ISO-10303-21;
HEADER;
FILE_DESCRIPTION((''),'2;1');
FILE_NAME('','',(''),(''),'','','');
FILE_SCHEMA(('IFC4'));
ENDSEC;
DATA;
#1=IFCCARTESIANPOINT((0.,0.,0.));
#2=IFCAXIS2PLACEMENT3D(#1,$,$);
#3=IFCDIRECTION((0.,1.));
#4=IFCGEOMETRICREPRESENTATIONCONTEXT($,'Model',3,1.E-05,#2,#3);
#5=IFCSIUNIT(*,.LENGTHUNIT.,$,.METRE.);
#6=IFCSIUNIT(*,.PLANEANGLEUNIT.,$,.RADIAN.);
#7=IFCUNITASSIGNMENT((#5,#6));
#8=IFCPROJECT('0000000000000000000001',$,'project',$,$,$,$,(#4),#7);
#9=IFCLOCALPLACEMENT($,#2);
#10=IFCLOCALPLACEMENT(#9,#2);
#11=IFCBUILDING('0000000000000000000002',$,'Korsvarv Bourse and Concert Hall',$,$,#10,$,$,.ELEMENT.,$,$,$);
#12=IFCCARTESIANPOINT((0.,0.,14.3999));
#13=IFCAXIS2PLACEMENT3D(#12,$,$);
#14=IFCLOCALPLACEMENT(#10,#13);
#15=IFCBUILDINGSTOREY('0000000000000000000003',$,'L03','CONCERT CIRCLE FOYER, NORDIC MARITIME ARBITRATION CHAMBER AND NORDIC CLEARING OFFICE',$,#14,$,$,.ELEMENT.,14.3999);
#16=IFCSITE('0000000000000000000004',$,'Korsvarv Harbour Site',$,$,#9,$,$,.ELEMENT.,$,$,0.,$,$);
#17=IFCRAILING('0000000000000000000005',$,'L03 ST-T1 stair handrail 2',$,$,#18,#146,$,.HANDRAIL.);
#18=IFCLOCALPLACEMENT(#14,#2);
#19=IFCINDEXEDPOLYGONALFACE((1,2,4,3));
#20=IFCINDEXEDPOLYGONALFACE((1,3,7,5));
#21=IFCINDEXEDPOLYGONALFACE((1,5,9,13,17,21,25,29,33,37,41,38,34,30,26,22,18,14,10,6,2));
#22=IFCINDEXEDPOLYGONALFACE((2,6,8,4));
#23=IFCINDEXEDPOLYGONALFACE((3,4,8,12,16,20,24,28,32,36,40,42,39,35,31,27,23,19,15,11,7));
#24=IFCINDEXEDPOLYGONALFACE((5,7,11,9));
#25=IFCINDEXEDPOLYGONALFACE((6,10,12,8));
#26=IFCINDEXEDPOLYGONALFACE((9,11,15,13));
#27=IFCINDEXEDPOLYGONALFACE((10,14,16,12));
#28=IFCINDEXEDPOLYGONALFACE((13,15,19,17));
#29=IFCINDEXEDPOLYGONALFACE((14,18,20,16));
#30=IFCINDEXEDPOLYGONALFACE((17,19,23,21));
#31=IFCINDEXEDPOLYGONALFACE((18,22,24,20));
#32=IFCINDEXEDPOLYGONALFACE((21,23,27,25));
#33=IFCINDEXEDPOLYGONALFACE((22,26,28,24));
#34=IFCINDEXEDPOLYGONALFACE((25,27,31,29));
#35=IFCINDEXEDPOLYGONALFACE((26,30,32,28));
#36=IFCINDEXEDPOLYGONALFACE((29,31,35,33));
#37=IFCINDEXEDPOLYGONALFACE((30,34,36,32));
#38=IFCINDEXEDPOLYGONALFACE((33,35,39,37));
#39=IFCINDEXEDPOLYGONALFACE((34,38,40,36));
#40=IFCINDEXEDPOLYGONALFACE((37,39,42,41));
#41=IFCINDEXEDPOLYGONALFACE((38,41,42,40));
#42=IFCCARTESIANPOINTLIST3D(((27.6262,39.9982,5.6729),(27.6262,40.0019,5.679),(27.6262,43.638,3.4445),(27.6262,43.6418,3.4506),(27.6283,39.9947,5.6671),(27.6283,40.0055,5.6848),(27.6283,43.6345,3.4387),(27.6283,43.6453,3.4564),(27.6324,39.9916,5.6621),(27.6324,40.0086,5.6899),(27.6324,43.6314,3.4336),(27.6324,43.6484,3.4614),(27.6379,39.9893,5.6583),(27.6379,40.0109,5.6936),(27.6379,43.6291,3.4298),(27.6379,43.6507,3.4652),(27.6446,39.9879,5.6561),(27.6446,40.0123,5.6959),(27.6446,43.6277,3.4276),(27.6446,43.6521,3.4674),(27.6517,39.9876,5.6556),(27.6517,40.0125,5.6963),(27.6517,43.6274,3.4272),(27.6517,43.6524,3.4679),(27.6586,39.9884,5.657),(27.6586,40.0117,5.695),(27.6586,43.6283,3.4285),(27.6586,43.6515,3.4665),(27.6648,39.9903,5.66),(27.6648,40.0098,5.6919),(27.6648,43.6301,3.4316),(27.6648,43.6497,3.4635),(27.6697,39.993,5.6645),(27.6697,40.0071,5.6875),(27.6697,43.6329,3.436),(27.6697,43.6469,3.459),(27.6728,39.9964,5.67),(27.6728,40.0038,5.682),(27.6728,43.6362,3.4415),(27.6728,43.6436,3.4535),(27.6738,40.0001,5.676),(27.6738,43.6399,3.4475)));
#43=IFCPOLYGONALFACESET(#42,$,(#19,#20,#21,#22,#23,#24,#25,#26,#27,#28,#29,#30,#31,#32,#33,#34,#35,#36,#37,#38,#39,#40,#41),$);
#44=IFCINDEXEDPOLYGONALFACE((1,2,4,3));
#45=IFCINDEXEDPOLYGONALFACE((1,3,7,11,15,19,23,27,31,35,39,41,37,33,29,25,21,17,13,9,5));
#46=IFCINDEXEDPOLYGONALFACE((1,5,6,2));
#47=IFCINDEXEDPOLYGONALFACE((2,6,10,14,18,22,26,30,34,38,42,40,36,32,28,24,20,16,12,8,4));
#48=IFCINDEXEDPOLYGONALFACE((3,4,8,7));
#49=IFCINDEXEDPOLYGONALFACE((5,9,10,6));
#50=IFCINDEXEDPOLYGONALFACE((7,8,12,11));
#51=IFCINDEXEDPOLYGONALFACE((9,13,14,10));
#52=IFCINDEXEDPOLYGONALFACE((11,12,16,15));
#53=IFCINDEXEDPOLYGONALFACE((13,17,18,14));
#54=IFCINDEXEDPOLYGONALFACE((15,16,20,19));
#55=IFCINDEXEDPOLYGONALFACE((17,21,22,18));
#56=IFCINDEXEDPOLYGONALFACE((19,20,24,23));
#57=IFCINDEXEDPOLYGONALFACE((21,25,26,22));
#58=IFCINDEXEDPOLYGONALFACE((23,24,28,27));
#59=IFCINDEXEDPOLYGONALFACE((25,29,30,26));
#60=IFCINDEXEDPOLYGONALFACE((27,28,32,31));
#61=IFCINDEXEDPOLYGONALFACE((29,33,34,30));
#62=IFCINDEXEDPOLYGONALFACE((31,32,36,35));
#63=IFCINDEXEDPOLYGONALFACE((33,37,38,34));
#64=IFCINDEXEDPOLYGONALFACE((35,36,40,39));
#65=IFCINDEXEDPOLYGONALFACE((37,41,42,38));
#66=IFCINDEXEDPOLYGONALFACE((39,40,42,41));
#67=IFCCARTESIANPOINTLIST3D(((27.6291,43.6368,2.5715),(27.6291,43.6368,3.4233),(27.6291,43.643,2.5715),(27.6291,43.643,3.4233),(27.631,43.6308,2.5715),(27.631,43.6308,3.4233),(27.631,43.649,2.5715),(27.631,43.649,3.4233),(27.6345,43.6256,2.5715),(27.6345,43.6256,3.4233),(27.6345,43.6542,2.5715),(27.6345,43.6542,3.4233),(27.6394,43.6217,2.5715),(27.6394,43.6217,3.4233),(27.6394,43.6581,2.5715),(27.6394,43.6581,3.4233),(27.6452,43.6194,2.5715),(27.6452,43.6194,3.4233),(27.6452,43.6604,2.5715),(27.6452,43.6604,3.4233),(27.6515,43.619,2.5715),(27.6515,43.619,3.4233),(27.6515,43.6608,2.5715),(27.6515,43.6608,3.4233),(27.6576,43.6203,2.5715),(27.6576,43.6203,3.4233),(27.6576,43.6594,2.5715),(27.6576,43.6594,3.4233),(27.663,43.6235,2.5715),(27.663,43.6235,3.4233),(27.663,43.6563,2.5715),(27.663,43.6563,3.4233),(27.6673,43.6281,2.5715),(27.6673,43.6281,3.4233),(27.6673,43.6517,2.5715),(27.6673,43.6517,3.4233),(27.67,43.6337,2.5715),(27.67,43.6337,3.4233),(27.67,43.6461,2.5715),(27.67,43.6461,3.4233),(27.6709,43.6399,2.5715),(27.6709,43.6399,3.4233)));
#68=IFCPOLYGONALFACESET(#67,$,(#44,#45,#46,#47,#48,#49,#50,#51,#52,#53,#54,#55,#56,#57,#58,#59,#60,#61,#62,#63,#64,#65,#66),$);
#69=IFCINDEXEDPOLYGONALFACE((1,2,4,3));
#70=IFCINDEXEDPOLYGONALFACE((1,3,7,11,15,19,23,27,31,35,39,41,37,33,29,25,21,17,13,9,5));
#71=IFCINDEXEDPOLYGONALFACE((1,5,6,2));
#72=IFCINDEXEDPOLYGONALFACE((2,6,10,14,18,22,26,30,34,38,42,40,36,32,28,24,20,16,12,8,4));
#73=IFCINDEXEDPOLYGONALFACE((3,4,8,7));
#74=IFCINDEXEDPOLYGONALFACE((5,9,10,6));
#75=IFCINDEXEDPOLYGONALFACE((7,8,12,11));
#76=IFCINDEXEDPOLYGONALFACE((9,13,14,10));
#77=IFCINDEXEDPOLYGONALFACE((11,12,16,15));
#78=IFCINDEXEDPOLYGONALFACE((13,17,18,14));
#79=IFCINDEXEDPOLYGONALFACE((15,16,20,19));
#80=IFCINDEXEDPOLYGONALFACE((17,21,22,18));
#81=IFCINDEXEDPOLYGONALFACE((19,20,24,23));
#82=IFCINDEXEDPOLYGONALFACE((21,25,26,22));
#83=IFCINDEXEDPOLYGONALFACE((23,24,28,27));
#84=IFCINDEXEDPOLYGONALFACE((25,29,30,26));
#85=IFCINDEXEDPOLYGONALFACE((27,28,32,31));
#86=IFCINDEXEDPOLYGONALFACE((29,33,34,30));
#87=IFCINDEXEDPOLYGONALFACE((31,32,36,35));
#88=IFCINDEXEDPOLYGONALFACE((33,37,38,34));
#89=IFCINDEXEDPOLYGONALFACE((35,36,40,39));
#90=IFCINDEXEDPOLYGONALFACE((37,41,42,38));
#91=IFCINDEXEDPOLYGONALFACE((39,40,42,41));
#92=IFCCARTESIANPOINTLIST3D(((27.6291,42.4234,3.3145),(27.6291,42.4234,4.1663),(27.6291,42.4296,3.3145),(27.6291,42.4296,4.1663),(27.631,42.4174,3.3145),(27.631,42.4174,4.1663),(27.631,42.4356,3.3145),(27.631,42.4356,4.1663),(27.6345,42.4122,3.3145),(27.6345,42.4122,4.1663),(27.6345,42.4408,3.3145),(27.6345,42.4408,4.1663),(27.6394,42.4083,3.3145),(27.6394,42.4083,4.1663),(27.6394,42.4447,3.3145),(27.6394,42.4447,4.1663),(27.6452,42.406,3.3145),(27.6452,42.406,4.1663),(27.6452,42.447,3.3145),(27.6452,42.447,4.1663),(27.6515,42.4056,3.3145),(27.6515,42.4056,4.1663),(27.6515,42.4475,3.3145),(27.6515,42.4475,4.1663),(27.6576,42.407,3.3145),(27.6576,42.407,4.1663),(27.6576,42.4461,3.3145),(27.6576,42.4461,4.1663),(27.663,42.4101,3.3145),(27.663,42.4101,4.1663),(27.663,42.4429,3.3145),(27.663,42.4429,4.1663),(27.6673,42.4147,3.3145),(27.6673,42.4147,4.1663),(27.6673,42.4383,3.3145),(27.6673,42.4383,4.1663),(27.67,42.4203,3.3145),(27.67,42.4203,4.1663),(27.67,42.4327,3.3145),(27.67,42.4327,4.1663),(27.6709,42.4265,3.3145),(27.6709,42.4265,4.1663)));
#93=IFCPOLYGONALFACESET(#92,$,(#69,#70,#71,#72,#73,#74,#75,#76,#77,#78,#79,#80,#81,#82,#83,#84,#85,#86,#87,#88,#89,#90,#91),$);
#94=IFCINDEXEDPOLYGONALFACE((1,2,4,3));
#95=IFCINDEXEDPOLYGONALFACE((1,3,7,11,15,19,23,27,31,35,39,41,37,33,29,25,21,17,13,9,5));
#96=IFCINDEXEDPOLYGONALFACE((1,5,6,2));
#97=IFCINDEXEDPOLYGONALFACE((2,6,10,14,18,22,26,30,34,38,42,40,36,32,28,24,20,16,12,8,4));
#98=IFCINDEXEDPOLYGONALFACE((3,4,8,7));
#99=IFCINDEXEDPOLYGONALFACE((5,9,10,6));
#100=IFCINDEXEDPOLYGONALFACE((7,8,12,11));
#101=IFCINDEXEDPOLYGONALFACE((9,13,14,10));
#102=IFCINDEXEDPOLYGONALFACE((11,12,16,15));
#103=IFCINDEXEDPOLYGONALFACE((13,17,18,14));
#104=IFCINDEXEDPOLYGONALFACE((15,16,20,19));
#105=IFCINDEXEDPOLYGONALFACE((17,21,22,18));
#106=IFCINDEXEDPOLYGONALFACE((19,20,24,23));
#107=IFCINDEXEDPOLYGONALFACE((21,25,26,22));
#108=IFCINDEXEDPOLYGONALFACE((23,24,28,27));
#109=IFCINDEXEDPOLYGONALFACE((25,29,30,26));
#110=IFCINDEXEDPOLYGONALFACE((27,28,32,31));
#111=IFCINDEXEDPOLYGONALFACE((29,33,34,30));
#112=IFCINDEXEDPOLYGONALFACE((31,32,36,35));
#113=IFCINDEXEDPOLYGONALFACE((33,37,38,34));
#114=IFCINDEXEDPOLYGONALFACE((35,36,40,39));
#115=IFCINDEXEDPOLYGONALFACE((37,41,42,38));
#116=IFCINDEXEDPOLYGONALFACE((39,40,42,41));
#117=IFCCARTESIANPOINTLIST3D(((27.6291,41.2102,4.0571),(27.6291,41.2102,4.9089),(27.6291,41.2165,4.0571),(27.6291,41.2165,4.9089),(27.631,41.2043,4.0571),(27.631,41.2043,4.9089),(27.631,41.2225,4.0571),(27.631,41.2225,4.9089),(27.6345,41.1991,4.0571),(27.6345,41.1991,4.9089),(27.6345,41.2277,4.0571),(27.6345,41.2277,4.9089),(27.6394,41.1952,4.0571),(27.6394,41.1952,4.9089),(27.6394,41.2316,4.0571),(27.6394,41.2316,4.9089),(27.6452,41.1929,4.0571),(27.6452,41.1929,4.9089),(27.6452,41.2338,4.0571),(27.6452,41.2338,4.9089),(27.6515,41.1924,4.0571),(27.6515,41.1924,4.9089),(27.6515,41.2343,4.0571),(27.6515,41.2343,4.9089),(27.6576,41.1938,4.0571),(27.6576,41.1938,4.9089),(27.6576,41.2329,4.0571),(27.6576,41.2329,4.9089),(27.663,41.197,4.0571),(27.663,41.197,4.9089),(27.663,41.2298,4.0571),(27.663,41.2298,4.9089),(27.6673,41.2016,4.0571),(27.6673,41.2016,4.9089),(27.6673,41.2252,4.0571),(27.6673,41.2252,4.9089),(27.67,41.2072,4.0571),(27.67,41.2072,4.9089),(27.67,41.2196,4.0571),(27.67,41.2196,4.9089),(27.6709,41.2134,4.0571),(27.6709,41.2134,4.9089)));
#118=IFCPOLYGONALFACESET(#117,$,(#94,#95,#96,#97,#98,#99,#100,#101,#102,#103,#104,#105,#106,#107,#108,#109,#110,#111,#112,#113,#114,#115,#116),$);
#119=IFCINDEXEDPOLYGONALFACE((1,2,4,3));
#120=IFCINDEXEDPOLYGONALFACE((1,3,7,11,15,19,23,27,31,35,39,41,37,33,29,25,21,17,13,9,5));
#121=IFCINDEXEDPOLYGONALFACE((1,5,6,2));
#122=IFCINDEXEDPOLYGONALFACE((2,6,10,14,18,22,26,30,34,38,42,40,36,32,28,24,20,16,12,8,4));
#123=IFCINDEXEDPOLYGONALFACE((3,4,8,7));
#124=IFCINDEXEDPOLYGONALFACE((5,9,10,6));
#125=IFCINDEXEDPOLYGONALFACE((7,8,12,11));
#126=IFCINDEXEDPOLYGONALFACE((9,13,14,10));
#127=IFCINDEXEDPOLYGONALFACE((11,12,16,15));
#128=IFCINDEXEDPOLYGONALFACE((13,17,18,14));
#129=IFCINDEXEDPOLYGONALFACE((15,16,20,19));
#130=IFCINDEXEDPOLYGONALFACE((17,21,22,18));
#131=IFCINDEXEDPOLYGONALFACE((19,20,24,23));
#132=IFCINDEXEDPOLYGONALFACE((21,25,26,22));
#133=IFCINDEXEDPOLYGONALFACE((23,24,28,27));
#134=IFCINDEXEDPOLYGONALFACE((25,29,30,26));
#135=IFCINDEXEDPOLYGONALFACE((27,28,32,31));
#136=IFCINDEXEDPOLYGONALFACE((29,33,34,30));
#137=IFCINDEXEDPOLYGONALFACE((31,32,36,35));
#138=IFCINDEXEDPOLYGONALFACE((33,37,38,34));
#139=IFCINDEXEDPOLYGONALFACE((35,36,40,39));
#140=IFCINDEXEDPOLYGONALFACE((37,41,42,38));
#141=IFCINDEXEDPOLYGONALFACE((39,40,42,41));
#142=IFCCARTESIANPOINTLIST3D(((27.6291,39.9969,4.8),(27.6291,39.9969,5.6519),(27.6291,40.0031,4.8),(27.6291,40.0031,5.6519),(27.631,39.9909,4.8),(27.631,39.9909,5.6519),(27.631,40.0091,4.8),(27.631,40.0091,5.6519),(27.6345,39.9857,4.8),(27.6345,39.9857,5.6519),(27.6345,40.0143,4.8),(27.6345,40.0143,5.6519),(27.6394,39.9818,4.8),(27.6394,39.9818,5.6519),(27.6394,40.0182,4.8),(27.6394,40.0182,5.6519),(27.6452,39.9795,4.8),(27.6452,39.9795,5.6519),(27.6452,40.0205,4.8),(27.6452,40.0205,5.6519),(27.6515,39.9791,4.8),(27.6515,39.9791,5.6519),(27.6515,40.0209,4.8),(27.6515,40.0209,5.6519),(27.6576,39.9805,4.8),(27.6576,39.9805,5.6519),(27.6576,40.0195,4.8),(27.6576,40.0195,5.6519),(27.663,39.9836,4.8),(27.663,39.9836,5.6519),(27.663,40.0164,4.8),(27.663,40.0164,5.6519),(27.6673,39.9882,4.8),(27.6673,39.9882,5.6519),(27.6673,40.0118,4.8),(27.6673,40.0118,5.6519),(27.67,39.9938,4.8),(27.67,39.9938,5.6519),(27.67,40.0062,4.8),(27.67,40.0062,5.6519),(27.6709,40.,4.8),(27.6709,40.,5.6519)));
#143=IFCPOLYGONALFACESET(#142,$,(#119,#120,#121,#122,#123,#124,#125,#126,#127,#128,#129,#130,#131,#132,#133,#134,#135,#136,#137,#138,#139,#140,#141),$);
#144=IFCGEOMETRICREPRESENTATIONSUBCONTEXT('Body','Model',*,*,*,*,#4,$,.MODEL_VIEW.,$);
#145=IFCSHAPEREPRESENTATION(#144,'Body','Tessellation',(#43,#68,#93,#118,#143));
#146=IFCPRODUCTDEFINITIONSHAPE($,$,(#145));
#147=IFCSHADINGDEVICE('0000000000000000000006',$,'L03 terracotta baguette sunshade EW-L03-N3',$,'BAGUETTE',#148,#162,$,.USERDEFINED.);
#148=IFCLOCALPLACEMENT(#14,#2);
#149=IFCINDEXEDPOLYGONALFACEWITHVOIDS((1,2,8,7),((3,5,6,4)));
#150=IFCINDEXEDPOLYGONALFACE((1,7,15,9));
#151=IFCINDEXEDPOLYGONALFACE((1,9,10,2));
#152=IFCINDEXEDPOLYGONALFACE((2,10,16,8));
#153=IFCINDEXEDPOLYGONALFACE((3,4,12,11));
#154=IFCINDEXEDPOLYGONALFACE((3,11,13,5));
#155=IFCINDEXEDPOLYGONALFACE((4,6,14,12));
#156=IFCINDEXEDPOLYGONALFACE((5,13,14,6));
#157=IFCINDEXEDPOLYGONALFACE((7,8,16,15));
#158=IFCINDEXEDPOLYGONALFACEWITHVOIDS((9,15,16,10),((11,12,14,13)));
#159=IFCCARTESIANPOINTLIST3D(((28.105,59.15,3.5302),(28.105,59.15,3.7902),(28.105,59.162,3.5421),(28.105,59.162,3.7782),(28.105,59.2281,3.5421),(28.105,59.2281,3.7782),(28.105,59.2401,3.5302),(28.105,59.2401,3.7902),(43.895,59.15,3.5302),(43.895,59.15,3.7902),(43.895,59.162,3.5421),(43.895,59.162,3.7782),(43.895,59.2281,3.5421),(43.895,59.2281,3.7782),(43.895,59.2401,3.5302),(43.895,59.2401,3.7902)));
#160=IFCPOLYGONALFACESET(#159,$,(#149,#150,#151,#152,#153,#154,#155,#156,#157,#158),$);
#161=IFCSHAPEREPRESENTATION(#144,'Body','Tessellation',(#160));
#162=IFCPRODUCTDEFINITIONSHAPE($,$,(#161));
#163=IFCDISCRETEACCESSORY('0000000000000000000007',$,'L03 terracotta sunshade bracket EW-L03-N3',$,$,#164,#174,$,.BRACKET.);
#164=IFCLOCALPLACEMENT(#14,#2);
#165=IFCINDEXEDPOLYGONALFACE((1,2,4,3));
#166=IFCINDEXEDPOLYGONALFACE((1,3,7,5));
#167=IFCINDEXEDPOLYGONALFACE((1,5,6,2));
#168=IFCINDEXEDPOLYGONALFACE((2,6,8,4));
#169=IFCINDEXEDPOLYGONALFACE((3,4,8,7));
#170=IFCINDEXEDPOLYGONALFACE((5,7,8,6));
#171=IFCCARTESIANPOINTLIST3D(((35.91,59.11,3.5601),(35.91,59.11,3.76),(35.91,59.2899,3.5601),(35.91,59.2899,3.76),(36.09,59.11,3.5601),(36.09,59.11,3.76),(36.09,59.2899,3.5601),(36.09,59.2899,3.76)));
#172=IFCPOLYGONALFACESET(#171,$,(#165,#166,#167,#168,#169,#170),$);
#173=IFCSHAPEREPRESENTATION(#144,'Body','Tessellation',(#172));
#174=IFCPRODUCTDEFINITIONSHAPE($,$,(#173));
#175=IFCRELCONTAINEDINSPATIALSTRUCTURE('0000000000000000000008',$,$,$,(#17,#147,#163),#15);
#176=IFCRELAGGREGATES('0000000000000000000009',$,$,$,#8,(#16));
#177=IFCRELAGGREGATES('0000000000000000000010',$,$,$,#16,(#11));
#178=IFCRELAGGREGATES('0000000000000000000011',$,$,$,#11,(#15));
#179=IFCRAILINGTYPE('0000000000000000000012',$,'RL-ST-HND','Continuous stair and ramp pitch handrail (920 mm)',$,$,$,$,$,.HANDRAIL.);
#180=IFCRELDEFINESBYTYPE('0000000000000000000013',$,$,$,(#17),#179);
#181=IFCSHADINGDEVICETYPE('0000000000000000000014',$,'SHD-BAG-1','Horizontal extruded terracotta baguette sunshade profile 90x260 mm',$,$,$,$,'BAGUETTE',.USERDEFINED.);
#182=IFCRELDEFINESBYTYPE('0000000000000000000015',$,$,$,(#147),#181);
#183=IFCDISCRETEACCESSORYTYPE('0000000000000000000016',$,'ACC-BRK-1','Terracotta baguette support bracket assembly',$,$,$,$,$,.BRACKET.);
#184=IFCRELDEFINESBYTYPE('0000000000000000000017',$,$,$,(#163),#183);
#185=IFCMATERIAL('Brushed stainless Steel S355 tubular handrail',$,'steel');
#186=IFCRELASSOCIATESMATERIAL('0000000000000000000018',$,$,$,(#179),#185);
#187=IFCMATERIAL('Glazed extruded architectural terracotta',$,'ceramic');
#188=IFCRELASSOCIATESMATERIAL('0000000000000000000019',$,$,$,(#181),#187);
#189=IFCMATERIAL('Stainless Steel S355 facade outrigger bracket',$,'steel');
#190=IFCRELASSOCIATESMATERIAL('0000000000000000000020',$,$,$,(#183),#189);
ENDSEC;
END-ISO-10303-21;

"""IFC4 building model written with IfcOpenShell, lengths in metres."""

from ifc_helpers import new_model, si_unit, direction, frame, origin, origin_2d, place, context, subcontext, project, spatial, rectangle, hollow_rectangle, circle, extrude, source, transform, mapped, material, material_profile, profile_set, type_object, element, save


model = new_model("IFC4")

# Units and contexts
model_context = context("Model", 3, precision=1e-05, world=origin(), true_north=direction((0.0, 1.0)))
body_context = subcontext(model_context, "Body", "Model", "MODEL_VIEW")
ifc_project = project(units=[si_unit("LENGTHUNIT", "METRE"), si_unit("PLANEANGLEUNIT", "RADIAN")], contexts=[model_context])

# Site, building, storey
site_placement = place(None, origin())
site = spatial("IfcSite", under=ifc_project, at=site_placement, Name="Korsvarv Harbour Site", CompositionType="ELEMENT", RefElevation=0.0)
building_placement = place(site_placement, origin())
building = spatial("IfcBuilding", under=site, at=building_placement, Name="Korsvarv Bourse and Concert Hall", CompositionType="ELEMENT")
storey_placement = place(building_placement, frame((0.0, 0.0, 14.3999)))
storey = spatial("IfcBuildingStorey", under=building, at=storey_placement, Name="L03", Description="CONCERT CIRCLE FOYER, NORDIC MARITIME ARBITRATION CHAMBER AND NORDIC CLEARING OFFICE", CompositionType="ELEMENT", Elevation=14.3999)

# Railing
ifc_material_1 = material(Name="Brushed stainless Steel S355 tubular handrail", Category="steel")
railing_type_1 = type_object("IfcRailingType", Name="RL-ST-HND", Description="Continuous stair and ramp pitch handrail (920 mm)", PredefinedType="HANDRAIL", material=ifc_material_1)
railing_1_placement = place(storey_placement, frame((27.6499, 43.6399, 2.5715)))
element("IfcRailing", 1, at=railing_1_placement, inside=storey, type_object=railing_type_1, Name="L03 ST-T1 stair handrail 2", PredefinedType="HANDRAIL", context=body_context, shape_type="SweptSolid", body=[
    extrude(circle(Radius=0.0239, at=origin_2d()), frame((0.0, 0.0, 0.876), z_axis=(0.0, -0.85285, 0.522156), x_axis=(1.0, 0.0, 0.0)), (0.0, 0.0, 1.0), 4.2678),
    extrude(circle(Radius=0.021, at=origin_2d()), origin(), (0.0, 0.0, 1.0), 0.8518),
    extrude(circle(Radius=0.021, at=origin_2d()), frame((0.0, -1.2134, 0.7429)), (0.0, 0.0, 1.0), 0.8518),
    extrude(circle(Radius=0.021, at=origin_2d()), frame((0.0, -2.4265, 1.4856)), (0.0, 0.0, 1.0), 0.8518),
    extrude(circle(Radius=0.021, at=origin_2d()), frame((0.0, -3.6399, 2.2285)), (0.0, 0.0, 1.0), 0.8518),
])

# Shading device
ifc_material_2 = material(Name="Glazed extruded architectural terracotta", Category="ceramic")
ifc_material_profile_1 = material_profile(ifc_material_2, hollow_rectangle(XDim=0.0901, YDim=0.26, WallThickness=0.012, at=origin_2d()), Name="TC-BAG 90x260")
ifc_profile_set_1 = profile_set([ifc_material_profile_1], Name="Glazed extruded architectural terracotta")
shading_device_type = type_object("IfcShadingDeviceType", Name="SHD-BAG-1", Description="Horizontal extruded terracotta baguette sunshade profile 90x260 mm", ElementType="BAGUETTE", PredefinedType="USERDEFINED", material=ifc_profile_set_1)
shared_shape_1 = source(origin(), body_context, "Body", "SweptSolid", [
    extrude(hollow_rectangle(XDim=0.0901, YDim=0.26, WallThickness=0.012, at=origin_2d()), origin(), (0.0, 0.0, 1.0), 15.79),
])
shading_device_placement = place(storey_placement, frame((28.105, 59.1951, 3.6602), z_axis=(1.0, 0.0, 0.0), x_axis=(0.0, 1.0, 0.0)))
element("IfcShadingDevice", 2, at=shading_device_placement, inside=storey, type_object=shading_device_type, Name="L03 terracotta baguette sunshade EW-L03-N3", ObjectType="BAGUETTE", PredefinedType="USERDEFINED", context=body_context, shape_type="MappedRepresentation", body=[
    mapped(shared_shape_1, transform((0.0, 0.0, 0.0), scale=1.0)),
])

# Discrete accessory
ifc_material_3 = material(Name="Stainless Steel S355 facade outrigger bracket", Category="steel")
discrete_accessory_type = type_object("IfcDiscreteAccessoryType", Name="ACC-BRK-1", Description="Terracotta baguette support bracket assembly", PredefinedType="BRACKET", material=ifc_material_3)
shared_shape_2 = source(origin(), body_context, "Body", "SweptSolid", [
    extrude(rectangle(XDim=0.1799, YDim=0.1799, at=origin_2d()), origin(), (0.0, 0.0, 1.0), 0.2),
])
discrete_accessory_placement = place(storey_placement, frame((36.0, 59.2, 3.5601), z_axis=(0.0, 0.0, 1.0), x_axis=(1.0, 0.0, 0.0)))
element("IfcDiscreteAccessory", 3, at=discrete_accessory_placement, inside=storey, type_object=discrete_accessory_type, Name="L03 terracotta sunshade bracket EW-L03-N3", PredefinedType="BRACKET", context=body_context, shape_type="MappedRepresentation", body=[
    mapped(shared_shape_2, transform((0.0, 0.0, 0.0), scale=1.0)),
])

save(model, "model.ifc")
